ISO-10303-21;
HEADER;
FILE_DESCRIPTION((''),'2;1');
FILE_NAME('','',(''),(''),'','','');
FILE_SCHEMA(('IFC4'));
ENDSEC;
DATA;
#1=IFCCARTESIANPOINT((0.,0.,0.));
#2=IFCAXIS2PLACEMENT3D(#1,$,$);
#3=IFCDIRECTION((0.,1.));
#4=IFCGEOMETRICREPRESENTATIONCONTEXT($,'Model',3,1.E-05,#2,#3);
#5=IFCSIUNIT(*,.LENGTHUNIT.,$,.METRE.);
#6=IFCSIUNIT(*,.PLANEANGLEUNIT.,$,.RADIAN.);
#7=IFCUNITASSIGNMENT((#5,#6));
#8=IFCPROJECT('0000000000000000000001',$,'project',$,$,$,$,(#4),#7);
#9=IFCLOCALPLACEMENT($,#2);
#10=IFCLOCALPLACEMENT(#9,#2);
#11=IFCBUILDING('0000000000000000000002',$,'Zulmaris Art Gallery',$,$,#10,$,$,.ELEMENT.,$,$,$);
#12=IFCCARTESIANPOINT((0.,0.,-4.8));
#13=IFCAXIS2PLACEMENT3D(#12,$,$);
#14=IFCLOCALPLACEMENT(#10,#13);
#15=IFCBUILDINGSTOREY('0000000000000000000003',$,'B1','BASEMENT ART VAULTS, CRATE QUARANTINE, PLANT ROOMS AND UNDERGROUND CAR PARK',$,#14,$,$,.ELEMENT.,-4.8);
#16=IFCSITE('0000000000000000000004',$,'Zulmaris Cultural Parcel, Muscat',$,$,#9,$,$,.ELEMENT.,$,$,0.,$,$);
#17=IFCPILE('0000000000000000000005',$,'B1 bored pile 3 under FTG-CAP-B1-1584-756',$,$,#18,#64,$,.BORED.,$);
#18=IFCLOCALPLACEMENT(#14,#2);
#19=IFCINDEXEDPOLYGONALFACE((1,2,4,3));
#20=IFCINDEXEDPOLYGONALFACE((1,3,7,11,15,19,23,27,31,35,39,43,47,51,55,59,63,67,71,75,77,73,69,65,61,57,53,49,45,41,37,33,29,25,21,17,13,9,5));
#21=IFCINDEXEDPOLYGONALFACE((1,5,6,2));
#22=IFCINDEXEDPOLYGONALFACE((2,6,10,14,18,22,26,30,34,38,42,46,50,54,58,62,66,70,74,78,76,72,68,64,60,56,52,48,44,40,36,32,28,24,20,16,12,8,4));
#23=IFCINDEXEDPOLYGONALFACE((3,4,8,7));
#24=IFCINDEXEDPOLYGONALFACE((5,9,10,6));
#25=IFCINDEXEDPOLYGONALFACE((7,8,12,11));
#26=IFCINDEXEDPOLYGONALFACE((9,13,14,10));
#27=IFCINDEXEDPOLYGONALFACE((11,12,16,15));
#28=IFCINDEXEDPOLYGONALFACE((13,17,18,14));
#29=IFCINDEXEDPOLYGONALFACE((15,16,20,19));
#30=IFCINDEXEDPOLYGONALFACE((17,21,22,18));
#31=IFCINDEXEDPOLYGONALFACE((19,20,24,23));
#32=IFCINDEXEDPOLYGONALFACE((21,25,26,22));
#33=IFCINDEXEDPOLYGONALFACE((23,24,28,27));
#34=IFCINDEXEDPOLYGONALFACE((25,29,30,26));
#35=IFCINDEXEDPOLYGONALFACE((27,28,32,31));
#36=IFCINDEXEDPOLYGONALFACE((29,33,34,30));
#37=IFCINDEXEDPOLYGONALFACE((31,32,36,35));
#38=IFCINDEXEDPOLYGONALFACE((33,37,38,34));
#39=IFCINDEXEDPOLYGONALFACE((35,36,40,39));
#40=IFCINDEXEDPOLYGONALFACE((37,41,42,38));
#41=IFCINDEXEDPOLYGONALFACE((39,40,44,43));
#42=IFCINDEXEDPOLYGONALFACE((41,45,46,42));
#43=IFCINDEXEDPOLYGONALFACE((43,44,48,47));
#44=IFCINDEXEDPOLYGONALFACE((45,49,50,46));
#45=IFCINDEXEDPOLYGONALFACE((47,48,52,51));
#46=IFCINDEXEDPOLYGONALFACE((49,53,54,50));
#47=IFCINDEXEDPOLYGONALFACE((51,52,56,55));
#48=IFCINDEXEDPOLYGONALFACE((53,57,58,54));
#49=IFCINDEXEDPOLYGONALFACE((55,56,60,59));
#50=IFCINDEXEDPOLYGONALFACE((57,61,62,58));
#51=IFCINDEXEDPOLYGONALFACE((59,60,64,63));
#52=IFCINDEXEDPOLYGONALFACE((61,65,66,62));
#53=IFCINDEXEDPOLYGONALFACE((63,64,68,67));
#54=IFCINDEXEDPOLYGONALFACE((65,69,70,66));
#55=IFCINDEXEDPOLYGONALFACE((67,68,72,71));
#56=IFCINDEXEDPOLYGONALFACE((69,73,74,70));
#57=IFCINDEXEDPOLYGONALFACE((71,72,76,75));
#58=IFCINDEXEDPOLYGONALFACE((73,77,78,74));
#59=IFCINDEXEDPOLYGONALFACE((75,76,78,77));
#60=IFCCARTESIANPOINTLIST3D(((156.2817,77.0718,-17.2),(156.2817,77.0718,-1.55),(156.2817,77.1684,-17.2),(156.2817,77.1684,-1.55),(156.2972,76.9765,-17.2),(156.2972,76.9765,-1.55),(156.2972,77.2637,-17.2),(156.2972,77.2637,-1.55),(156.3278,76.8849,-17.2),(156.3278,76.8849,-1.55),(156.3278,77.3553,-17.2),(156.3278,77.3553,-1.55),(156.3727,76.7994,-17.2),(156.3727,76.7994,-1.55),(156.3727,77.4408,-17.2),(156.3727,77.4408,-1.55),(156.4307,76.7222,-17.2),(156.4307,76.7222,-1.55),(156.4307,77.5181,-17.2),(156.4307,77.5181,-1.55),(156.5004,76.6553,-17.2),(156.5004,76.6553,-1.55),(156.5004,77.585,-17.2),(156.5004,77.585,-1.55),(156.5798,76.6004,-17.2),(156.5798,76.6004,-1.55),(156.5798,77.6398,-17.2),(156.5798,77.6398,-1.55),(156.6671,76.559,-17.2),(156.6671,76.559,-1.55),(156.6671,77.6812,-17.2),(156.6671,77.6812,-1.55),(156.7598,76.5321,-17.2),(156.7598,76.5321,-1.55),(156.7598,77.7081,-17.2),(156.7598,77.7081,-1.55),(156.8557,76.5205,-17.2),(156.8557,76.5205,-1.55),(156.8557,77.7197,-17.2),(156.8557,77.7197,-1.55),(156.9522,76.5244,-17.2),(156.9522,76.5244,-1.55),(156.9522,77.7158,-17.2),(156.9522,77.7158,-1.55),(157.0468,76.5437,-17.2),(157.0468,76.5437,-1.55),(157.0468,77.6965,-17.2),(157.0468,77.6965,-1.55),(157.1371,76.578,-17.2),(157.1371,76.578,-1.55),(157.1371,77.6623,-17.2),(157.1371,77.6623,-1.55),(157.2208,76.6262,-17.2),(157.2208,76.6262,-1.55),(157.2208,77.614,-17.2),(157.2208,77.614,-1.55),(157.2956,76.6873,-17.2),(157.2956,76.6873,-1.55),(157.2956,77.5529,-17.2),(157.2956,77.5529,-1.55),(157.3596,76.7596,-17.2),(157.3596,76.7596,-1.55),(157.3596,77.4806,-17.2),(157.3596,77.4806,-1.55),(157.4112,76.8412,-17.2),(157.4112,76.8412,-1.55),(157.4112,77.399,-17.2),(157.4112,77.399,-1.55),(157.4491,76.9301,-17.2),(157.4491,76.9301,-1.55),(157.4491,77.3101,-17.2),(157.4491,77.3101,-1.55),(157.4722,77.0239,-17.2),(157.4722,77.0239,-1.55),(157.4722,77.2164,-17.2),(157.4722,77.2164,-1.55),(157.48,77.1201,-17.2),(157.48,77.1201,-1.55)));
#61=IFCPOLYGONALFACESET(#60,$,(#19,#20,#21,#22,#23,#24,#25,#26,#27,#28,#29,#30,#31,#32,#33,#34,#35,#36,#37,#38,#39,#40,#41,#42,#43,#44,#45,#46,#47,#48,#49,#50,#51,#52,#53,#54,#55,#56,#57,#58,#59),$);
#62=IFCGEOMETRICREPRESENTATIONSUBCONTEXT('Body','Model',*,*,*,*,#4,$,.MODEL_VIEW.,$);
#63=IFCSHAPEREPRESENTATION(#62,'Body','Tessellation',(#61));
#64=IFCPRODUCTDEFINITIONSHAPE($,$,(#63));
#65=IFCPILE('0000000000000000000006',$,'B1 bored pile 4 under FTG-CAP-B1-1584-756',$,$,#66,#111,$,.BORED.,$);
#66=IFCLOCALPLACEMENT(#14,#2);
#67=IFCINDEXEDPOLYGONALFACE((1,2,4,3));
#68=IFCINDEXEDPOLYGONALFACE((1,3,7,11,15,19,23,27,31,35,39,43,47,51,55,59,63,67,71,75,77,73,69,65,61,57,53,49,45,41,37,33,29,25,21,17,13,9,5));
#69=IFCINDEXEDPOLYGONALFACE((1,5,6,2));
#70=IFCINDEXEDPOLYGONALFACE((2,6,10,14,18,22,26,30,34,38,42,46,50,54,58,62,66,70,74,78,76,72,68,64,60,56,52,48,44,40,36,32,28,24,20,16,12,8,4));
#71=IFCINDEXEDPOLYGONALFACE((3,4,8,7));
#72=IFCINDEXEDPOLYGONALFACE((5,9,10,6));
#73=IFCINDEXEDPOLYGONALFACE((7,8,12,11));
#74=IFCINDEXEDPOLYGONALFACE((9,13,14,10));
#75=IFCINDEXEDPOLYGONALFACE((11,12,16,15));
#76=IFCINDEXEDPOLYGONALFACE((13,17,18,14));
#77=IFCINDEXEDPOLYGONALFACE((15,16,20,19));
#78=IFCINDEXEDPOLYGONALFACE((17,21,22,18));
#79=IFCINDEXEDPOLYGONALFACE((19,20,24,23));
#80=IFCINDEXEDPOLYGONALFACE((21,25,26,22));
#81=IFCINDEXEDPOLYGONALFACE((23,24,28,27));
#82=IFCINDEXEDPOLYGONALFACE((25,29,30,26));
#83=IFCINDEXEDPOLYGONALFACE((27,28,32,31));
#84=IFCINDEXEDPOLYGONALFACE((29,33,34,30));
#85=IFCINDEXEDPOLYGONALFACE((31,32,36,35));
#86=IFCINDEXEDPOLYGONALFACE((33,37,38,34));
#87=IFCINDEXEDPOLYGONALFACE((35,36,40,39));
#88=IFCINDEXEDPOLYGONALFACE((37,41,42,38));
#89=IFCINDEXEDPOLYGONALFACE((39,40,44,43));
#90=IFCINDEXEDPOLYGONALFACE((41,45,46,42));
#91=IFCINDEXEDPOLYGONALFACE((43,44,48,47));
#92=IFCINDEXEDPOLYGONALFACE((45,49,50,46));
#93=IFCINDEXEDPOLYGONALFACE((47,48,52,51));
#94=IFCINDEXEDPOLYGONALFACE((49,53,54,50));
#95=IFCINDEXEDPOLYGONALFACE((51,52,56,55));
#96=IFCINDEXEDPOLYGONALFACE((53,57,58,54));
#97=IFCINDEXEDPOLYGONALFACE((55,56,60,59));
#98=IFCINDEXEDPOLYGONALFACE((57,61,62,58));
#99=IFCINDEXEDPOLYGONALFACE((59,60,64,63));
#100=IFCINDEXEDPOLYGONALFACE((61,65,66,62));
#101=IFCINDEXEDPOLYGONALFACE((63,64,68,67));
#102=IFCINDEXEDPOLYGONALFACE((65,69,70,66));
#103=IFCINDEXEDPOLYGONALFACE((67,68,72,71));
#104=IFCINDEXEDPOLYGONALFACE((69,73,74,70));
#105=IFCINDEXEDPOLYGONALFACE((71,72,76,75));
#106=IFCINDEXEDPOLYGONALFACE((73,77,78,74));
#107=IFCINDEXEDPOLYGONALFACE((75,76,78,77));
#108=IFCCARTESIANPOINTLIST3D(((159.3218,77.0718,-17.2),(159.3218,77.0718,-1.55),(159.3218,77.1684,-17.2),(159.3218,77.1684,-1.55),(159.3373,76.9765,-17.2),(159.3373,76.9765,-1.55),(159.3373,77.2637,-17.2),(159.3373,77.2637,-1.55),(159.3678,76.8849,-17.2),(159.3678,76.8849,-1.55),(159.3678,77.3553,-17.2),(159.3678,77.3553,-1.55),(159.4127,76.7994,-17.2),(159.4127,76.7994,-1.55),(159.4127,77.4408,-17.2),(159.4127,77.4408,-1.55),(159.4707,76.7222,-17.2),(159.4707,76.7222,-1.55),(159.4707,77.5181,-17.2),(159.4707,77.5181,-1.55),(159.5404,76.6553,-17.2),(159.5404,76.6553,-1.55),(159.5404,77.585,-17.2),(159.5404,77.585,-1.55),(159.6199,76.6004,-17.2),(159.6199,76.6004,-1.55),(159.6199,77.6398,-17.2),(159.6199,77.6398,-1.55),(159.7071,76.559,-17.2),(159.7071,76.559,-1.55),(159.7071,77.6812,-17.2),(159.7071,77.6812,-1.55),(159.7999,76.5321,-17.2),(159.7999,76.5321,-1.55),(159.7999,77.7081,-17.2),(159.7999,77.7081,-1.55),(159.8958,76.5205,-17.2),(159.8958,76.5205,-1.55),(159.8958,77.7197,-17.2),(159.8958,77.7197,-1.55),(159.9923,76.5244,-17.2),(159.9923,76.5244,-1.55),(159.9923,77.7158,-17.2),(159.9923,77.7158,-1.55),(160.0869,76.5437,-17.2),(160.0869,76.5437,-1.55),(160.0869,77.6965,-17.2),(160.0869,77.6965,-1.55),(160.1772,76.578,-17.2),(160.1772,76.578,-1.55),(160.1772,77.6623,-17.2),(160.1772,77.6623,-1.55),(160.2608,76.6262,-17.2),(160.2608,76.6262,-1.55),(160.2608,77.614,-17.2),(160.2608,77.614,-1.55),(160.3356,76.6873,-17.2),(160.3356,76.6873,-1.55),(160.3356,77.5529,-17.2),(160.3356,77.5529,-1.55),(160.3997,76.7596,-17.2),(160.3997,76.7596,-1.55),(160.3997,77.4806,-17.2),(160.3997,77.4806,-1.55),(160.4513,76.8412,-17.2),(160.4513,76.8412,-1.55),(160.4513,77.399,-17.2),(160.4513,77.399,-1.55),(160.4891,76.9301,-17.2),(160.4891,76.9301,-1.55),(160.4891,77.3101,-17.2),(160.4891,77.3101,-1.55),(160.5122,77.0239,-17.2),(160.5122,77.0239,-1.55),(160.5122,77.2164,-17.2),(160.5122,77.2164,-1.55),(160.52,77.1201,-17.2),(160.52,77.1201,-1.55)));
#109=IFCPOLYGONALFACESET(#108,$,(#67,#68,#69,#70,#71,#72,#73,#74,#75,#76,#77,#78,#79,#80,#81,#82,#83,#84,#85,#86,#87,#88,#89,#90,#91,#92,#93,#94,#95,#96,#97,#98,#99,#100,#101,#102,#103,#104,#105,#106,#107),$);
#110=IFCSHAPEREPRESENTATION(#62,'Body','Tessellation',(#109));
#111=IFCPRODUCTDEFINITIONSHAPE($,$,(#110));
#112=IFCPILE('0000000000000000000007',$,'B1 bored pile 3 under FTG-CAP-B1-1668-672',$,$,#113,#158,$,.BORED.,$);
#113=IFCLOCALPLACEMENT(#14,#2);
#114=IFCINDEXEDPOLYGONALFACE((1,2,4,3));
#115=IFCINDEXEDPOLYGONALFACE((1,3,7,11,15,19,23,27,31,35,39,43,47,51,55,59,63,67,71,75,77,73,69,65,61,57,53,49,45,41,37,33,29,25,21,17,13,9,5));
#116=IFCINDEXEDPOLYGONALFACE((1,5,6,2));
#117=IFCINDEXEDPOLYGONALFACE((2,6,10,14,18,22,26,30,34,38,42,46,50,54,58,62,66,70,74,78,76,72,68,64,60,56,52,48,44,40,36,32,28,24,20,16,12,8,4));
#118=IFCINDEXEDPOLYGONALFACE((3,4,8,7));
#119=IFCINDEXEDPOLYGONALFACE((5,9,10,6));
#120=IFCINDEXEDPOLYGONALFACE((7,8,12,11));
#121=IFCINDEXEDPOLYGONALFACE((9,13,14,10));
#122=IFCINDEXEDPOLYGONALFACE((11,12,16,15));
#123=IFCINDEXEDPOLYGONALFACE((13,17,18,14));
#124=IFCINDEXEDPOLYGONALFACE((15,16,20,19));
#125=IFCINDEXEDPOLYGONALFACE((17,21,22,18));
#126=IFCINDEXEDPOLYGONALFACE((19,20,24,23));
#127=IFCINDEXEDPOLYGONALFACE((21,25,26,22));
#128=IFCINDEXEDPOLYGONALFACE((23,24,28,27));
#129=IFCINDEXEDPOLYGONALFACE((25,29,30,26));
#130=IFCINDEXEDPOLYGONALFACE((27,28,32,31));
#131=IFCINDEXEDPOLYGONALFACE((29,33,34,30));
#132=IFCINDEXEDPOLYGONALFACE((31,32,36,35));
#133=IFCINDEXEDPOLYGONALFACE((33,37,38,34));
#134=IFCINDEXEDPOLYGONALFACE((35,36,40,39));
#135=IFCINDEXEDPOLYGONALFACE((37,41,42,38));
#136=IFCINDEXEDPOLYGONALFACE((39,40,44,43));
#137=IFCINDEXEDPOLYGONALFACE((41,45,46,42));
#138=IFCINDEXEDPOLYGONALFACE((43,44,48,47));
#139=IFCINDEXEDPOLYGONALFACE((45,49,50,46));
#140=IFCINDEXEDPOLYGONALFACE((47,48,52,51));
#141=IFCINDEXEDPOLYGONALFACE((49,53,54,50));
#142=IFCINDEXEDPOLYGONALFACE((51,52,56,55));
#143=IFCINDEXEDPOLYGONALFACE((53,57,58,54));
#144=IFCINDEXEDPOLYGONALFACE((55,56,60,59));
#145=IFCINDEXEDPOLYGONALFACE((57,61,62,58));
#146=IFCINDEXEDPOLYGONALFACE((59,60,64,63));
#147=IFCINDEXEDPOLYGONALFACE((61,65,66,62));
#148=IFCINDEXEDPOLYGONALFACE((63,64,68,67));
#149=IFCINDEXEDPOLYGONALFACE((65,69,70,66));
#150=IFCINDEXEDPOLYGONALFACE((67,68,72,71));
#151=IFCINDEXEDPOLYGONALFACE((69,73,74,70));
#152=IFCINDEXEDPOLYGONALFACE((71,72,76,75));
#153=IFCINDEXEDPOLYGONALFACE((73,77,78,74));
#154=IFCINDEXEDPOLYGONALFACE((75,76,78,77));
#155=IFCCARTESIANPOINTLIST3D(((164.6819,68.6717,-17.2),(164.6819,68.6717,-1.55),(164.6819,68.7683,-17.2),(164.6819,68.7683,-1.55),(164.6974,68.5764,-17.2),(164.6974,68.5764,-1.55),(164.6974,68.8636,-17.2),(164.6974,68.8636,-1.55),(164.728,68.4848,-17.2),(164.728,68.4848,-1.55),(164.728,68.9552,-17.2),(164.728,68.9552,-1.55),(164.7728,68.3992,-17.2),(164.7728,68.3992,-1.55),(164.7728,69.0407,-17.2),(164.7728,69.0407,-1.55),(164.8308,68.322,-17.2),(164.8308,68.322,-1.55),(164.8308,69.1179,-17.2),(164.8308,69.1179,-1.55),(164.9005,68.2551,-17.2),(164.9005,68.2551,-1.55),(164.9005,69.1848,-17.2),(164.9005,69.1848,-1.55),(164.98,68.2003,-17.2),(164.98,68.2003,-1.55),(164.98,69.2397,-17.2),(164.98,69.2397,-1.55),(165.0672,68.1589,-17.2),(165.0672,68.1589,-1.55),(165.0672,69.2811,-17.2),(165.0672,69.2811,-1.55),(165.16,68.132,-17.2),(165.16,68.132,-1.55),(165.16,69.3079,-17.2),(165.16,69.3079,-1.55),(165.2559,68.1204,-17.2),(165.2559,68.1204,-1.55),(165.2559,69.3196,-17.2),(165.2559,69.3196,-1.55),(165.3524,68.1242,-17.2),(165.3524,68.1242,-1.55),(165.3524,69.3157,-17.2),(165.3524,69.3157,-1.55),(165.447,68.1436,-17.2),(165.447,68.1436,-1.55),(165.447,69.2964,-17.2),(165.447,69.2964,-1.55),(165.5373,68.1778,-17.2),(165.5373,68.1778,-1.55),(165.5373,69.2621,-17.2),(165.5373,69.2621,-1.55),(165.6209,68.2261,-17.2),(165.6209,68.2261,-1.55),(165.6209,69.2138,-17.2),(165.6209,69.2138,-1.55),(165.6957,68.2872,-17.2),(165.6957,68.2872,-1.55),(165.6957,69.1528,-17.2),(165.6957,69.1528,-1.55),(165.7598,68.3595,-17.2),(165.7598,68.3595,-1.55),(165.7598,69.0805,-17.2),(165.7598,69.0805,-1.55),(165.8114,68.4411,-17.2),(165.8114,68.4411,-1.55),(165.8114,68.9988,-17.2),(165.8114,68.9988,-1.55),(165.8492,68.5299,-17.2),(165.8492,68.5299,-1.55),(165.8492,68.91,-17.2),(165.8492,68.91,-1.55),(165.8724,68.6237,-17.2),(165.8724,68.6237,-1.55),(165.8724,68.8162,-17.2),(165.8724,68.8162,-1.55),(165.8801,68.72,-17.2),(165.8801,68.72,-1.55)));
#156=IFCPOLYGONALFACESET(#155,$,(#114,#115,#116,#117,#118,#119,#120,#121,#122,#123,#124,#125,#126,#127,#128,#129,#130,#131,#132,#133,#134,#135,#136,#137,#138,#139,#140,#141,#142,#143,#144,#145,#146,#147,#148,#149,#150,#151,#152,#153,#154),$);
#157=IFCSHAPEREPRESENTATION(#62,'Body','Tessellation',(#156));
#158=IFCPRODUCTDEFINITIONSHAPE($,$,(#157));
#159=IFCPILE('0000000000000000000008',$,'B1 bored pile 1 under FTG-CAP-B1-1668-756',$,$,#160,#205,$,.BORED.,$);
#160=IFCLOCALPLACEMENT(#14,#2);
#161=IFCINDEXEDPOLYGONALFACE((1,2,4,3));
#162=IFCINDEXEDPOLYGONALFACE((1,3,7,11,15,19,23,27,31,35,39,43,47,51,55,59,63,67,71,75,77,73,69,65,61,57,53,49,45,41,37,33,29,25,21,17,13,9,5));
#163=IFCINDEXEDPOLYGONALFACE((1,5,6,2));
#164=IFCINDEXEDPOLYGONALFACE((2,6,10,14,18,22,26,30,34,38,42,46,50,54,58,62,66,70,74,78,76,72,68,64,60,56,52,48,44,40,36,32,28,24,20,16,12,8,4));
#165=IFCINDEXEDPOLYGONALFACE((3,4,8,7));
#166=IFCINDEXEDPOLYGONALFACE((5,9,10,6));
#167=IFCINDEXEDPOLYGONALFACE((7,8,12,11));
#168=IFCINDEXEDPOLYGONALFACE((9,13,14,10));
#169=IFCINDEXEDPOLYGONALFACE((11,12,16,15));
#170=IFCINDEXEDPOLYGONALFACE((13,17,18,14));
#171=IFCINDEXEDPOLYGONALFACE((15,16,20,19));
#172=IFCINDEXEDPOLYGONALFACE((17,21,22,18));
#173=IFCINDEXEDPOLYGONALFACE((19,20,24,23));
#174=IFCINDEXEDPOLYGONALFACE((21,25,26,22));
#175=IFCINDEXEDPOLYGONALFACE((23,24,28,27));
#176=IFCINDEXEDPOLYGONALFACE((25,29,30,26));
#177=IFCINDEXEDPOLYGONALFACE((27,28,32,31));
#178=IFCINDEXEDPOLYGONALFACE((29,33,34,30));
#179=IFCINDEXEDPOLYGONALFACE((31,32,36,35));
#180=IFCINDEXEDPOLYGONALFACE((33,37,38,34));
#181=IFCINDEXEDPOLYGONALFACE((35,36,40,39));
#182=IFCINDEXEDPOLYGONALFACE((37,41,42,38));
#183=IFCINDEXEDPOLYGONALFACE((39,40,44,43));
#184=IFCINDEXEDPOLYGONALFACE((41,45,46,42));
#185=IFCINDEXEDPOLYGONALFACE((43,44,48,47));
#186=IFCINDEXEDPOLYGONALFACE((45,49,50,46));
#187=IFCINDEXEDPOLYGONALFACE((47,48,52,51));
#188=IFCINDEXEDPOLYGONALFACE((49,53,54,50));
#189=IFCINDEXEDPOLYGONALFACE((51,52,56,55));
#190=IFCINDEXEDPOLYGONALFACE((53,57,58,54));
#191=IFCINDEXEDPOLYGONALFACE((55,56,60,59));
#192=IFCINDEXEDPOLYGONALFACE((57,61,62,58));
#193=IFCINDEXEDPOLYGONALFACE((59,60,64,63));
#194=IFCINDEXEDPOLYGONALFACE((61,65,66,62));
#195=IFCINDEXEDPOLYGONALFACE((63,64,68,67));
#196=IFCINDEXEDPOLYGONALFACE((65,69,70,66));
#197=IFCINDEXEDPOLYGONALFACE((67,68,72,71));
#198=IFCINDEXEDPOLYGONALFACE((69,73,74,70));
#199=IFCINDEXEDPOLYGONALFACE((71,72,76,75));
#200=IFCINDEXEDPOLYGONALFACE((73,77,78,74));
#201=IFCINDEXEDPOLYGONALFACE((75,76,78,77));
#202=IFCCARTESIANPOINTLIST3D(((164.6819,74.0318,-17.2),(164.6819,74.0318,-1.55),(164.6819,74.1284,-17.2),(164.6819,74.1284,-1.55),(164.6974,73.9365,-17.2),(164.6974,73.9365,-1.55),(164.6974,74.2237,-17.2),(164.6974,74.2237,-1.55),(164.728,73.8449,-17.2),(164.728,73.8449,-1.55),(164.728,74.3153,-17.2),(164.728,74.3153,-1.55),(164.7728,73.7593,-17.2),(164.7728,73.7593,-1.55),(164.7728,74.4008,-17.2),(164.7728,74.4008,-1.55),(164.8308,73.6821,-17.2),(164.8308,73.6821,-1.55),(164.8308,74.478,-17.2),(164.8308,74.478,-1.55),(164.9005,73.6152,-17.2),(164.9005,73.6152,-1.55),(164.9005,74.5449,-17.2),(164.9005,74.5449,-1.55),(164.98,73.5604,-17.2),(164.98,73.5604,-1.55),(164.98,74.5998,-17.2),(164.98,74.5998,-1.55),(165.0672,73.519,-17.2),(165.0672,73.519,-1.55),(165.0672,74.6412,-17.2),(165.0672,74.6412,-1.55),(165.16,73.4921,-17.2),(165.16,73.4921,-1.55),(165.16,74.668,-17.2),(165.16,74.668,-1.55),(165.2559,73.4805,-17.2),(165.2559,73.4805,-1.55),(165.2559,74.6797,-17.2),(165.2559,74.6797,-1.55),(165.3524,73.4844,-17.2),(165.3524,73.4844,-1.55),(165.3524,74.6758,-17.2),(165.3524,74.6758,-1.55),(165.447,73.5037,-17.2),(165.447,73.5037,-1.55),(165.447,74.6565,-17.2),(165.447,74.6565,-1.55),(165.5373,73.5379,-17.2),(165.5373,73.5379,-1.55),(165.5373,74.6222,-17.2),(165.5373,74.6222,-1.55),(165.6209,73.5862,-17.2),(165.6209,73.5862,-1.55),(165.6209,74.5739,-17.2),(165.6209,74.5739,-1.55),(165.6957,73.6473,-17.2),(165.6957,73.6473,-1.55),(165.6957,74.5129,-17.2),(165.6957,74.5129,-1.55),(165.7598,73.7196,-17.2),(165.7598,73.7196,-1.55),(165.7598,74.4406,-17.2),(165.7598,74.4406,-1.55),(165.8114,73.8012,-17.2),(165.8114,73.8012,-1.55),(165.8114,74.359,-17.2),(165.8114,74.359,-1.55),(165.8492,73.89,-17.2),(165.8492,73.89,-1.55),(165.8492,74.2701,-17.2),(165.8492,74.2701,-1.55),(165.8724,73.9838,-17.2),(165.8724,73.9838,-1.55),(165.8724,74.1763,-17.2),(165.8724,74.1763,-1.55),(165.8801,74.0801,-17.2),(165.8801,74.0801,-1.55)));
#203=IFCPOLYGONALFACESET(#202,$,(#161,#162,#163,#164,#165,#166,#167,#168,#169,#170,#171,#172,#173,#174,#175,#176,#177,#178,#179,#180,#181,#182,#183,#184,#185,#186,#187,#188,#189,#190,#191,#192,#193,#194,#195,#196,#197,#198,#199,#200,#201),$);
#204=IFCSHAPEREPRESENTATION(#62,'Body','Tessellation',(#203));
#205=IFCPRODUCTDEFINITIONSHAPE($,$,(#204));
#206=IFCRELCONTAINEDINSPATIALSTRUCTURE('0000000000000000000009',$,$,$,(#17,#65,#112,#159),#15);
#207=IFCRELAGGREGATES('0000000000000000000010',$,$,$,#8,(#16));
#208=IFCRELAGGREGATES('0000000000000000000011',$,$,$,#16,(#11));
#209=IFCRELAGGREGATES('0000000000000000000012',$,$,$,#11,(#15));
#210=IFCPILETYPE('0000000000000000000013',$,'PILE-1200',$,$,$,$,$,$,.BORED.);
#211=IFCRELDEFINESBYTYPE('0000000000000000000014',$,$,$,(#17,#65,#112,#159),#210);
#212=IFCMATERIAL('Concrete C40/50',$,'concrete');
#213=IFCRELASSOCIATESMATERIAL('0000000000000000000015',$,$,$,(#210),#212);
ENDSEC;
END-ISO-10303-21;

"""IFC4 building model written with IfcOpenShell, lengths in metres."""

from ifc_helpers import new_model, si_unit, direction, frame, origin, origin_2d, place, context, subcontext, project, spatial, circle, extrude, material, material_profile, profile_set, type_object, element, save


model = new_model("IFC4")

# Units and contexts
model_context = context("Model", 3, precision=1e-05, world=origin(), true_north=direction((0.0, 1.0)))
body_context = subcontext(model_context, "Body", "Model", "MODEL_VIEW")
ifc_project = project(units=[si_unit("LENGTHUNIT", "METRE"), si_unit("PLANEANGLEUNIT", "RADIAN")], contexts=[model_context])

# Site, building, storey
site_placement = place(None, origin())
site = spatial("IfcSite", under=ifc_project, at=site_placement, Name="Zulmaris Cultural Parcel, Muscat", CompositionType="ELEMENT", RefElevation=0.0)
building_placement = place(site_placement, origin())
building = spatial("IfcBuilding", under=site, at=building_placement, Name="Zulmaris Art Gallery", CompositionType="ELEMENT")
storey_placement = place(building_placement, frame((0.0, 0.0, -4.8)))
storey = spatial("IfcBuildingStorey", under=building, at=storey_placement, Name="B1", Description="BASEMENT ART VAULTS, CRATE QUARANTINE, PLANT ROOMS AND UNDERGROUND CAR PARK", CompositionType="ELEMENT", Elevation=-4.8)

# Piles
ifc_material_1 = material(Name="Concrete C40/50", Category="concrete")
ifc_material_profile_1 = material_profile(ifc_material_1, circle(Radius=0.6001, at=origin_2d()), Name="PILE DIA 1200")
ifc_profile_set_1 = profile_set([ifc_material_profile_1], Name="Concrete C40/50")
pile_type = type_object("IfcPileType", Name="PILE-1200", PredefinedType="BORED", material=ifc_profile_set_1)
for number, where, z_axis, x_axis, name in (
    (1, (156.8799, 77.1201, -1.55), (0.0, 0.0, -1.0), (1.0, 0.0, 0.0), "B1 bored pile 3 under FTG-CAP-B1-1584-756"),
    (2, (159.9199, 77.1201, -1.55), (0.0, 0.0, -1.0), (1.0, 0.0, 0.0), "B1 bored pile 4 under FTG-CAP-B1-1584-756"),
    (3, (165.28, 68.72, -1.55), (0.0, 0.0, -1.0), (1.0, 0.0, 0.0), "B1 bored pile 3 under FTG-CAP-B1-1668-672"),
    (4, (165.28, 74.0801, -1.55), (0.0, 0.0, -1.0), (1.0, 0.0, 0.0), "B1 bored pile 1 under FTG-CAP-B1-1668-756"),
):
    element("IfcPile", number, at=place(storey_placement, frame(where, z_axis=z_axis, x_axis=x_axis)), inside=storey, type_object=pile_type, Name=name, PredefinedType="BORED", context=body_context, shape_type="SweptSolid", body=[
        extrude(circle(Radius=0.6001, at=origin_2d()), origin(), (0.0, 0.0, 1.0), 15.6499),
    ])

save(model, "model.ifc")
